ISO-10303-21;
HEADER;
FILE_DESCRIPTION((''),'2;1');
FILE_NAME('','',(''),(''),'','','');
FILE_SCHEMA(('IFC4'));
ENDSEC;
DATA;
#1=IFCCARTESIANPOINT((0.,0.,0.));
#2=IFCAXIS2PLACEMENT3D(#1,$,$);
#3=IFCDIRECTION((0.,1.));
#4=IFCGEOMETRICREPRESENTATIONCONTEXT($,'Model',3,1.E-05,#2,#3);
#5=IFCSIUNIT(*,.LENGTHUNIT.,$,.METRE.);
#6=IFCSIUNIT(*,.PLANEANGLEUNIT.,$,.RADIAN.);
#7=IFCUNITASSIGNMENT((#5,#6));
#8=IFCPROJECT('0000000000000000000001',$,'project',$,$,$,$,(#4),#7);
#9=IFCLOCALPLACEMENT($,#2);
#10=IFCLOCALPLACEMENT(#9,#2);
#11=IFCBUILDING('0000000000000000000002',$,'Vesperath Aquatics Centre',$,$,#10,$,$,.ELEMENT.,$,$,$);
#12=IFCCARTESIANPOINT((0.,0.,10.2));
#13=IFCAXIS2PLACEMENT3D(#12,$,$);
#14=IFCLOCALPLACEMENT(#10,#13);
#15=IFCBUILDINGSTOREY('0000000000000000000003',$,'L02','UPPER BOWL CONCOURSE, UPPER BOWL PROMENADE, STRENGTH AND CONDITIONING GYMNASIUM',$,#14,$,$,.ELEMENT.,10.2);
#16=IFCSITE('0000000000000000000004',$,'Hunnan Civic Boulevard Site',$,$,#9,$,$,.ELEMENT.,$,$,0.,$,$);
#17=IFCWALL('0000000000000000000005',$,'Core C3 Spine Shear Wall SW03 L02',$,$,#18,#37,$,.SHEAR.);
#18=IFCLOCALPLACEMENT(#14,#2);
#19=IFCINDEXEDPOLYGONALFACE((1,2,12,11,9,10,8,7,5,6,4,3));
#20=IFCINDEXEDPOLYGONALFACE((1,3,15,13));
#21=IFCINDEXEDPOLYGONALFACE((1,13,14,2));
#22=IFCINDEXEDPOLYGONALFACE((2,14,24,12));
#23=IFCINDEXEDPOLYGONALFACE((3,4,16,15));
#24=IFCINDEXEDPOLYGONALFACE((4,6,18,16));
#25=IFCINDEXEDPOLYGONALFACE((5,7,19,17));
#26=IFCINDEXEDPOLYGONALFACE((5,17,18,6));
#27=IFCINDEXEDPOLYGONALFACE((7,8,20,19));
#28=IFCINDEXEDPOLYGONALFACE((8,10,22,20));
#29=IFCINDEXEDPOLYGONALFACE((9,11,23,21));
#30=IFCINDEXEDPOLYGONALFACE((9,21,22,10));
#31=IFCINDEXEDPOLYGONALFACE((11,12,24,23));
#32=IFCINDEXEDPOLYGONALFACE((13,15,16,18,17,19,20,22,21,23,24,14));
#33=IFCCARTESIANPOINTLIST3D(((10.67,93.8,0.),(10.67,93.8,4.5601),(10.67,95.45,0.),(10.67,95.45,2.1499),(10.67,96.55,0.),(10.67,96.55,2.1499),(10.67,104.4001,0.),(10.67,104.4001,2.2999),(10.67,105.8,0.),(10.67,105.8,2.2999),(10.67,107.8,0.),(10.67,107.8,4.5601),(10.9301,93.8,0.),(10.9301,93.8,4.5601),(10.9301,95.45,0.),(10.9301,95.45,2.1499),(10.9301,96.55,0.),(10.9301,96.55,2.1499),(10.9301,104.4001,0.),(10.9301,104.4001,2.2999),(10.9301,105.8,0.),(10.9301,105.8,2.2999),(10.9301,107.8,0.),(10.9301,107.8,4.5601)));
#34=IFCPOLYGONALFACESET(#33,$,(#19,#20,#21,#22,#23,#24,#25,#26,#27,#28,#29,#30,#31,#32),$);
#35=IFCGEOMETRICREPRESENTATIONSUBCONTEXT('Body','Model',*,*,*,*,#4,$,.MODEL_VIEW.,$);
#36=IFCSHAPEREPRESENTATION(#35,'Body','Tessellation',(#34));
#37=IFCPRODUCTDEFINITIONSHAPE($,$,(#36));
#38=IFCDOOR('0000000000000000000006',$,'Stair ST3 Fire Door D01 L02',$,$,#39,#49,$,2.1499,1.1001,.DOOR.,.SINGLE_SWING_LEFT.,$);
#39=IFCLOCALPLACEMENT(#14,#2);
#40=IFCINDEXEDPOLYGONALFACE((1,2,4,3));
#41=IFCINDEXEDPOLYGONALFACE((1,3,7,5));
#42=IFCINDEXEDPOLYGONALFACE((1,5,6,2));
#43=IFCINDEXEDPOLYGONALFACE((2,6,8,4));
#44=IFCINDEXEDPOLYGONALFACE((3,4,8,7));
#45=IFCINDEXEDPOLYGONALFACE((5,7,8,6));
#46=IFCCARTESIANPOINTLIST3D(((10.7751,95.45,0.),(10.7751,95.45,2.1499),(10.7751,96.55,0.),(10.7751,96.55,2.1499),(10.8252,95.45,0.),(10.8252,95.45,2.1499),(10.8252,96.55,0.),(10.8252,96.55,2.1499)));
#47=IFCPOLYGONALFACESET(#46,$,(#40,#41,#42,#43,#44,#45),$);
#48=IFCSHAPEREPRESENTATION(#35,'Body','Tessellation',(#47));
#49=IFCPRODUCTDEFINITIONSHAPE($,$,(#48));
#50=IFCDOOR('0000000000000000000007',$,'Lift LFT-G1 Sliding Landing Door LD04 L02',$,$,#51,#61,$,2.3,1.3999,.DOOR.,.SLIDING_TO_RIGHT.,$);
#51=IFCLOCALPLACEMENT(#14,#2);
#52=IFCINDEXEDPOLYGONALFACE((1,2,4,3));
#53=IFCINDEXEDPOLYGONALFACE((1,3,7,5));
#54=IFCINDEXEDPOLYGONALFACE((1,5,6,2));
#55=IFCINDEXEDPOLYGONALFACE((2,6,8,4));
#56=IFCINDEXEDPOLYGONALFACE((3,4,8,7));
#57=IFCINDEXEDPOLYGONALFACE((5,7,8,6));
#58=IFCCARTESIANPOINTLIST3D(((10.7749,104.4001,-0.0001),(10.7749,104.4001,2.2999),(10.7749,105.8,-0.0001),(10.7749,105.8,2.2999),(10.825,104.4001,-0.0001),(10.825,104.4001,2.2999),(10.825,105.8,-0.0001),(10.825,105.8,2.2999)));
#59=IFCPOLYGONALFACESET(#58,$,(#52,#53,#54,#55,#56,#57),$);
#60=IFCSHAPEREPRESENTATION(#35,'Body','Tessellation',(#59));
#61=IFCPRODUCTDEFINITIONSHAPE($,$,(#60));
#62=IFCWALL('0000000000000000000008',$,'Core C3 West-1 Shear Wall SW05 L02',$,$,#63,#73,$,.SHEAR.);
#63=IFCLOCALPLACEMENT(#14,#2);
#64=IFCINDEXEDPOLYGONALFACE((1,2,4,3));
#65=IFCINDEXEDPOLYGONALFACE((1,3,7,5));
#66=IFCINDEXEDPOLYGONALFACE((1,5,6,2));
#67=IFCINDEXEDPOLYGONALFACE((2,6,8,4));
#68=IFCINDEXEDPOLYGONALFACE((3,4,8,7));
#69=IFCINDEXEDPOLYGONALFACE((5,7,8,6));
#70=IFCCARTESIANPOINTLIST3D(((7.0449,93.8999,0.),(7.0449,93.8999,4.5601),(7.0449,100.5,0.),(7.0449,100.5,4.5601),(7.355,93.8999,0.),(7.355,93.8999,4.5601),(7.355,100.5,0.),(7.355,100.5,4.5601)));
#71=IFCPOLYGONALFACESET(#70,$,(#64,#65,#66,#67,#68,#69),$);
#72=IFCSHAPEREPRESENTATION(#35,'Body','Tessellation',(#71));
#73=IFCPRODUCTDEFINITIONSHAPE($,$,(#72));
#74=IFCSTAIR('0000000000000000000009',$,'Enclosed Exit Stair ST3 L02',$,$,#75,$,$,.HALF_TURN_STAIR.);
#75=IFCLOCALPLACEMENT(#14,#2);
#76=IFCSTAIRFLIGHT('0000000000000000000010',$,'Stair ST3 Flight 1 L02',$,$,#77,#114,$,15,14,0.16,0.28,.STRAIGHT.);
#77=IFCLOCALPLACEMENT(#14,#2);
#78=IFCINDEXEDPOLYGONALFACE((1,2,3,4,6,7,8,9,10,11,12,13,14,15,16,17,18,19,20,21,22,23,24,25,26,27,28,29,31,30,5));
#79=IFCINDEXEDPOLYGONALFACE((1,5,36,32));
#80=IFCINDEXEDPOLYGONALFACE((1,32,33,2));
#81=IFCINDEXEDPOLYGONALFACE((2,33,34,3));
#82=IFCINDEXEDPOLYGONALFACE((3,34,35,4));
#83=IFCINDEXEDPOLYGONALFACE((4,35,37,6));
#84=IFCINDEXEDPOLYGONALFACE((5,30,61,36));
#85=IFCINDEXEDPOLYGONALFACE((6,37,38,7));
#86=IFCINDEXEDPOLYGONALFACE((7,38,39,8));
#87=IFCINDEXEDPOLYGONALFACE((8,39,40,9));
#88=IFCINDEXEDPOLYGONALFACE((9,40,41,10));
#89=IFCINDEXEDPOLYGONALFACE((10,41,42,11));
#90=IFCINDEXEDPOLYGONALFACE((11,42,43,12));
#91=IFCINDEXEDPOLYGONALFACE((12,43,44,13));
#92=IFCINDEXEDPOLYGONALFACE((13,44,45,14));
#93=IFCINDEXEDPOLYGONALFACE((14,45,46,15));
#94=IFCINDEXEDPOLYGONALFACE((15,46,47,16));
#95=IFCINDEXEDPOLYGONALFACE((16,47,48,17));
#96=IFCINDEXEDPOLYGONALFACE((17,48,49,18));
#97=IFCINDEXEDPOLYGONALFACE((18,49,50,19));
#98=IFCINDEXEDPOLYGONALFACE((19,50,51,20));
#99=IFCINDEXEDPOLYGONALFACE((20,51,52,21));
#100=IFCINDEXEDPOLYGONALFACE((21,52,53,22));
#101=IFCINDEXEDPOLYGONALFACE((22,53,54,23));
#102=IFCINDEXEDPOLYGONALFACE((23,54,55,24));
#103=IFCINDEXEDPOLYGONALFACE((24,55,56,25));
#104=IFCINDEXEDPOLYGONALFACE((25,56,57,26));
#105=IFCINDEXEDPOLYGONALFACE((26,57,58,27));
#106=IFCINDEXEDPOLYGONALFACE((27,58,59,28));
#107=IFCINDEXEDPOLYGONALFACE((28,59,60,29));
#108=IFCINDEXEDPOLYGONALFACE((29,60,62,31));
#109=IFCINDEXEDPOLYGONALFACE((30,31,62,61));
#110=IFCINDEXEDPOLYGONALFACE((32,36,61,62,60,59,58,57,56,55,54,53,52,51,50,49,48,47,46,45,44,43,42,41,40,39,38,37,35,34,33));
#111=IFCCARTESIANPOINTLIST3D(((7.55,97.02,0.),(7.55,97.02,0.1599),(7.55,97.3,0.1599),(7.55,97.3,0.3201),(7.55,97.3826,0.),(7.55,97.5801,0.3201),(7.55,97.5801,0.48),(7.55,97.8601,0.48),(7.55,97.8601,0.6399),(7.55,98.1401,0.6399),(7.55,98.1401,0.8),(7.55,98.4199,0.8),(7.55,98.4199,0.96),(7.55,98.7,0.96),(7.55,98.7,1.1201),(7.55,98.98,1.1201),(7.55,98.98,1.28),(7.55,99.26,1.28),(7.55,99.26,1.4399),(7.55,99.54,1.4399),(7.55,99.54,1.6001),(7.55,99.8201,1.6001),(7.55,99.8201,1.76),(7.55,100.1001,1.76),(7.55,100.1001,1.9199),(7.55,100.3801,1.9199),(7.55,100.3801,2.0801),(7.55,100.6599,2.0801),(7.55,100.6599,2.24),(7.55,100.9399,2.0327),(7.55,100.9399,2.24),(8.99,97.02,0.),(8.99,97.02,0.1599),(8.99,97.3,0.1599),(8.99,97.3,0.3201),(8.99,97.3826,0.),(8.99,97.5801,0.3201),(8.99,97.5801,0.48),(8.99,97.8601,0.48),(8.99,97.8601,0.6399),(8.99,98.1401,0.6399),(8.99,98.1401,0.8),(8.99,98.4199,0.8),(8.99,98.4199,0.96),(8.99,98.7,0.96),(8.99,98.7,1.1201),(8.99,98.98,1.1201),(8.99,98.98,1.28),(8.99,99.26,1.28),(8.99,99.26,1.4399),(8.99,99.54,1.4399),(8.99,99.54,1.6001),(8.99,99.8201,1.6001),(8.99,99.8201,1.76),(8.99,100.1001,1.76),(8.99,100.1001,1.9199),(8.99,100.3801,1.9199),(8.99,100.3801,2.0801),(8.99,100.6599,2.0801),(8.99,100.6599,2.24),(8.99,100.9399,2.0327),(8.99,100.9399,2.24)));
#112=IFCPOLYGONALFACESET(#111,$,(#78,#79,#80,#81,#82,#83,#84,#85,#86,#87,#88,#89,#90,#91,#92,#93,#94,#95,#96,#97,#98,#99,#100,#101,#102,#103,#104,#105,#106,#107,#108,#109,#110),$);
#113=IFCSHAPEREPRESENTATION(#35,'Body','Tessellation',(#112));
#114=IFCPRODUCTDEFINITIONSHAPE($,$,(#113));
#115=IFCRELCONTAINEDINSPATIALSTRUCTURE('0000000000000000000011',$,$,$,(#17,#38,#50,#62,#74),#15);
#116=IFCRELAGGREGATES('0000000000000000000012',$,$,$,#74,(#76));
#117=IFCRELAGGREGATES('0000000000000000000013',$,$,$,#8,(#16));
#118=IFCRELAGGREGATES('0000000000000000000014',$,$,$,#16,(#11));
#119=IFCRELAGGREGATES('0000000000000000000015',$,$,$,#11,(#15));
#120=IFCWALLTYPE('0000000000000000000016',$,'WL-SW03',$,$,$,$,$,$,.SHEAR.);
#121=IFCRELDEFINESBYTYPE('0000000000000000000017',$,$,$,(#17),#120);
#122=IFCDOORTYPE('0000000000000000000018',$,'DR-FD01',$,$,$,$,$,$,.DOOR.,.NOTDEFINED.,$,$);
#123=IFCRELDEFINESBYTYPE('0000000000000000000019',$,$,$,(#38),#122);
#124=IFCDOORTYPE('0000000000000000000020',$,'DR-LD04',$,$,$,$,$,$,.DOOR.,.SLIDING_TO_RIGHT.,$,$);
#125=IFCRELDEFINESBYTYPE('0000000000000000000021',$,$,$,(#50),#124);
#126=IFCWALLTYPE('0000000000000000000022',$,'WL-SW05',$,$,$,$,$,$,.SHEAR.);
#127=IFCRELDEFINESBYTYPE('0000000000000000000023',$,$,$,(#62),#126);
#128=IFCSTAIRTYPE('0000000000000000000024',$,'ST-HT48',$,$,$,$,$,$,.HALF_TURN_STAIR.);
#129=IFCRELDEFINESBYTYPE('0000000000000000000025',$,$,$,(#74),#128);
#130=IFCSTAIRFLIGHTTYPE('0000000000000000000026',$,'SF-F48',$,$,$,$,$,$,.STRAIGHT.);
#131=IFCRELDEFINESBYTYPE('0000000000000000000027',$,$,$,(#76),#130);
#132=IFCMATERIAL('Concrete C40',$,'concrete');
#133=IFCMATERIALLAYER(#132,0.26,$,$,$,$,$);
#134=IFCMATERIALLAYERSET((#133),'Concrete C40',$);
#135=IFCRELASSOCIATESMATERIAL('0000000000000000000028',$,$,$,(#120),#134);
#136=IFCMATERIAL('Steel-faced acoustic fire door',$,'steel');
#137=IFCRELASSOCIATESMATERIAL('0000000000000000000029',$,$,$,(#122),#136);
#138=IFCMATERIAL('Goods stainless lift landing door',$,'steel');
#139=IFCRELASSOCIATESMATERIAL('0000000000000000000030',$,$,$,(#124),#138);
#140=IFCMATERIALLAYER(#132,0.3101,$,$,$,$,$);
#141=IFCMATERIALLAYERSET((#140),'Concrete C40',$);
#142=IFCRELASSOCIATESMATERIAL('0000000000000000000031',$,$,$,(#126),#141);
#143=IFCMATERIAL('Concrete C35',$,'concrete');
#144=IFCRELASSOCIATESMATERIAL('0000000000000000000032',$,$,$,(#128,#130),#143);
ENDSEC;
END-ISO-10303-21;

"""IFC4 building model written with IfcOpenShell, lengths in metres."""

from ifc_helpers import new_model, si_unit, direction, frame, frame_2d, origin, place, context, subcontext, project, spatial, polyline, rectangle, outline, extrude, material, layer, layer_set, type_object, element, fill, aggregate, save


model = new_model("IFC4")

# Units and contexts
model_context = context("Model", 3, precision=1e-05, world=origin(), true_north=direction((0.0, 1.0)))
body_context = subcontext(model_context, "Body", "Model", "MODEL_VIEW")
ifc_project = project(units=[si_unit("LENGTHUNIT", "METRE"), si_unit("PLANEANGLEUNIT", "RADIAN")], contexts=[model_context])

# Site, building, storey
site_placement = place(None, origin())
site = spatial("IfcSite", under=ifc_project, at=site_placement, Name="Hunnan Civic Boulevard Site", CompositionType="ELEMENT", RefElevation=0.0)
building_placement = place(site_placement, origin())
building = spatial("IfcBuilding", under=site, at=building_placement, Name="Vesperath Aquatics Centre", CompositionType="ELEMENT")
storey_placement = place(building_placement, frame((0.0, 0.0, 10.2)))
storey = spatial("IfcBuildingStorey", under=building, at=storey_placement, Name="L02", Description="UPPER BOWL CONCOURSE, UPPER BOWL PROMENADE, STRENGTH AND CONDITIONING GYMNASIUM", CompositionType="ELEMENT", Elevation=10.2)

# Shared definitions
ifc_material_1 = material(Name="Concrete C40", Category="concrete")

# Shared definitions
ifc_material_2 = material(Name="Concrete C35", Category="concrete")

# Wall, openings, doors
ifc_layer_1 = layer(ifc_material_1, 0.26)
ifc_layer_set_1 = layer_set([ifc_layer_1], Name="Concrete C40")
wall_type_1 = type_object("IfcWallType", Name="WL-SW03", PredefinedType="SHEAR", material=ifc_layer_set_1)
wall_1_placement = place(storey_placement, frame((10.8, 93.8, 0.0), z_axis=(0.0, 0.0, 1.0), x_axis=(0.0, 1.0, 0.0)))
wall_1 = element("IfcWall", 1, at=wall_1_placement, inside=storey, type_object=wall_type_1, Name="Core C3 Spine Shear Wall SW03 L02", PredefinedType="SHEAR", context=body_context, shape_type="SweptSolid", body=[
    extrude(rectangle(XDim=14.0, YDim=0.26, at=frame_2d((7.0, 0.0))), origin(), (0.0, 0.0, 1.0), 4.5601),
])
opening_1_placement = place(wall_1_placement, frame((1.6499, 0.0, 0.0)))
opening_1 = element("IfcOpeningElement", 2, at=opening_1_placement, cuts=wall_1, PredefinedType="OPENING", context=body_context, shape_type="SweptSolid", body=[
    extrude(rectangle(XDim=1.1001, YDim=2.1499, at=frame_2d((0.55, 1.075))), frame((0.0, 0.145, 0.0), z_axis=(0.0, -1.0, 0.0), x_axis=(1.0, 0.0, 0.0)), (0.0, 0.0, 1.0), 0.2898),
])
opening_2_placement = place(wall_1_placement, frame((10.6001, 0.0, 0.0)))
opening_2 = element("IfcOpeningElement", 3, at=opening_2_placement, cuts=wall_1, PredefinedType="OPENING", context=body_context, shape_type="SweptSolid", body=[
    extrude(rectangle(XDim=1.3999, YDim=2.3, at=frame_2d((0.7, 1.1499))), frame((0.0, 0.145, 0.0), z_axis=(0.0, -1.0, 0.0), x_axis=(1.0, 0.0, 0.0)), (0.0, 0.0, 1.0), 0.2898),
])
ifc_material_3 = material(Name="Steel-faced acoustic fire door", Category="steel")
door_type_1 = type_object("IfcDoorType", Name="DR-FD01", OperationType="NOTDEFINED", PredefinedType="DOOR", material=ifc_material_3)
door_1_placement = place(opening_1_placement, origin())
door_1 = element("IfcDoor", 4, at=door_1_placement, inside=storey, type_object=door_type_1, Name="Stair ST3 Fire Door D01 L02", OperationType="SINGLE_SWING_LEFT", OverallHeight=2.1499, OverallWidth=1.1001, PredefinedType="DOOR", context=body_context, shape_type="SweptSolid", body=[
    extrude(rectangle(XDim=1.1001, YDim=2.1499, at=frame_2d((0.55, 1.075))), frame((0.0, 0.0249, 0.0), z_axis=(0.0, -1.0, 0.0), x_axis=(1.0, 0.0, 0.0)), (0.0, 0.0, 1.0), 0.05),
])
fill(opening_1, door_1)
ifc_material_4 = material(Name="Goods stainless lift landing door", Category="steel")
door_type_2 = type_object("IfcDoorType", Name="DR-LD04", OperationType="SLIDING_TO_RIGHT", PredefinedType="DOOR", material=ifc_material_4)
door_2_placement = place(opening_2_placement, frame((1.3999, 0.0, 0.0), z_axis=(0.0, 0.0, 1.0), x_axis=(-1.0, 0.0, 0.0)))
door_2 = element("IfcDoor", 5, at=door_2_placement, inside=storey, type_object=door_type_2, Name="Lift LFT-G1 Sliding Landing Door LD04 L02", OperationType="SLIDING_TO_RIGHT", OverallHeight=2.3, OverallWidth=1.3999, PredefinedType="DOOR", context=body_context, shape_type="SweptSolid", body=[
    extrude(rectangle(XDim=1.3999, YDim=2.3, at=frame_2d((0.7, 1.1499))), frame((0.0, 0.0249, 0.0), z_axis=(0.0, -1.0, 0.0), x_axis=(1.0, 0.0, 0.0)), (0.0, 0.0, 1.0), 0.05),
])
fill(opening_2, door_2)

# Wall
ifc_layer_2 = layer(ifc_material_1, 0.3101)
ifc_layer_set_2 = layer_set([ifc_layer_2], Name="Concrete C40")
wall_type_2 = type_object("IfcWallType", Name="WL-SW05", PredefinedType="SHEAR", material=ifc_layer_set_2)
wall_2_placement = place(storey_placement, frame((7.2, 93.8999, 0.0), z_axis=(0.0, 0.0, 1.0), x_axis=(0.0, 1.0, 0.0)))
element("IfcWall", 6, at=wall_2_placement, inside=storey, type_object=wall_type_2, Name="Core C3 West-1 Shear Wall SW05 L02", PredefinedType="SHEAR", context=body_context, shape_type="SweptSolid", body=[
    extrude(rectangle(XDim=6.6001, YDim=0.3101, at=frame_2d((3.3, 0.0))), origin(), (0.0, 0.0, 1.0), 4.5601),
])

# Stair, stair flight
stair_type = type_object("IfcStairType", Name="ST-HT48", PredefinedType="HALF_TURN_STAIR", material=ifc_material_2)
stair_placement = place(storey_placement, origin())
stair = element("IfcStair", 7, at=stair_placement, inside=storey, type_object=stair_type, Name="Enclosed Exit Stair ST3 L02", PredefinedType="HALF_TURN_STAIR")
stair_flight_type = type_object("IfcStairFlightType", Name="SF-F48", PredefinedType="STRAIGHT", material=ifc_material_2)
stair_flight_placement = place(storey_placement, frame((8.27, 97.02, 0.0), z_axis=(0.0, 0.0, 1.0), x_axis=(0.0, 1.0, 0.0)))
stair_flight = element("IfcStairFlight", 8, at=stair_flight_placement, type_object=stair_flight_type, Name="Stair ST3 Flight 1 L02", NumberOfRisers=15, NumberOfTreads=14, PredefinedType="STRAIGHT", RiserHeight=0.16, TreadLength=0.28, context=body_context, shape_type="SweptSolid", body=[
    extrude(outline(polyline([(0.0, 0.0), (0.0, 0.1599), (0.28, 0.1599), (0.28, 0.3201), (0.5601, 0.3201), (0.5601, 0.48), (0.8401, 0.48), (0.8401, 0.6399), (1.1201, 0.6399), (1.1201, 0.8), (1.3999, 0.8), (1.3999, 0.96), (1.6799, 0.96), (1.6799, 1.1201), (1.96, 1.1201), (1.96, 1.28), (2.24, 1.28), (2.24, 1.4399), (2.52, 1.4399), (2.52, 1.6001), (2.8, 1.6001), (2.8, 1.76), (3.0801, 1.76), (3.0801, 1.9199), (3.3601, 1.9199), (3.3601, 2.0801), (3.6399, 2.0801), (3.6399, 2.24), (3.9199, 2.24), (3.9199, 2.3999), (3.9199, 2.0327), (0.3625, 0.0), (0.0, 0.0)])), frame((0.0, 0.72, 0.0), z_axis=(0.0, -1.0, 0.0), x_axis=(1.0, 0.0, 0.0)), (0.0, 0.0, 1.0), 1.4399),
])
aggregate(stair, [stair_flight])

save(model, "model.ifc")
